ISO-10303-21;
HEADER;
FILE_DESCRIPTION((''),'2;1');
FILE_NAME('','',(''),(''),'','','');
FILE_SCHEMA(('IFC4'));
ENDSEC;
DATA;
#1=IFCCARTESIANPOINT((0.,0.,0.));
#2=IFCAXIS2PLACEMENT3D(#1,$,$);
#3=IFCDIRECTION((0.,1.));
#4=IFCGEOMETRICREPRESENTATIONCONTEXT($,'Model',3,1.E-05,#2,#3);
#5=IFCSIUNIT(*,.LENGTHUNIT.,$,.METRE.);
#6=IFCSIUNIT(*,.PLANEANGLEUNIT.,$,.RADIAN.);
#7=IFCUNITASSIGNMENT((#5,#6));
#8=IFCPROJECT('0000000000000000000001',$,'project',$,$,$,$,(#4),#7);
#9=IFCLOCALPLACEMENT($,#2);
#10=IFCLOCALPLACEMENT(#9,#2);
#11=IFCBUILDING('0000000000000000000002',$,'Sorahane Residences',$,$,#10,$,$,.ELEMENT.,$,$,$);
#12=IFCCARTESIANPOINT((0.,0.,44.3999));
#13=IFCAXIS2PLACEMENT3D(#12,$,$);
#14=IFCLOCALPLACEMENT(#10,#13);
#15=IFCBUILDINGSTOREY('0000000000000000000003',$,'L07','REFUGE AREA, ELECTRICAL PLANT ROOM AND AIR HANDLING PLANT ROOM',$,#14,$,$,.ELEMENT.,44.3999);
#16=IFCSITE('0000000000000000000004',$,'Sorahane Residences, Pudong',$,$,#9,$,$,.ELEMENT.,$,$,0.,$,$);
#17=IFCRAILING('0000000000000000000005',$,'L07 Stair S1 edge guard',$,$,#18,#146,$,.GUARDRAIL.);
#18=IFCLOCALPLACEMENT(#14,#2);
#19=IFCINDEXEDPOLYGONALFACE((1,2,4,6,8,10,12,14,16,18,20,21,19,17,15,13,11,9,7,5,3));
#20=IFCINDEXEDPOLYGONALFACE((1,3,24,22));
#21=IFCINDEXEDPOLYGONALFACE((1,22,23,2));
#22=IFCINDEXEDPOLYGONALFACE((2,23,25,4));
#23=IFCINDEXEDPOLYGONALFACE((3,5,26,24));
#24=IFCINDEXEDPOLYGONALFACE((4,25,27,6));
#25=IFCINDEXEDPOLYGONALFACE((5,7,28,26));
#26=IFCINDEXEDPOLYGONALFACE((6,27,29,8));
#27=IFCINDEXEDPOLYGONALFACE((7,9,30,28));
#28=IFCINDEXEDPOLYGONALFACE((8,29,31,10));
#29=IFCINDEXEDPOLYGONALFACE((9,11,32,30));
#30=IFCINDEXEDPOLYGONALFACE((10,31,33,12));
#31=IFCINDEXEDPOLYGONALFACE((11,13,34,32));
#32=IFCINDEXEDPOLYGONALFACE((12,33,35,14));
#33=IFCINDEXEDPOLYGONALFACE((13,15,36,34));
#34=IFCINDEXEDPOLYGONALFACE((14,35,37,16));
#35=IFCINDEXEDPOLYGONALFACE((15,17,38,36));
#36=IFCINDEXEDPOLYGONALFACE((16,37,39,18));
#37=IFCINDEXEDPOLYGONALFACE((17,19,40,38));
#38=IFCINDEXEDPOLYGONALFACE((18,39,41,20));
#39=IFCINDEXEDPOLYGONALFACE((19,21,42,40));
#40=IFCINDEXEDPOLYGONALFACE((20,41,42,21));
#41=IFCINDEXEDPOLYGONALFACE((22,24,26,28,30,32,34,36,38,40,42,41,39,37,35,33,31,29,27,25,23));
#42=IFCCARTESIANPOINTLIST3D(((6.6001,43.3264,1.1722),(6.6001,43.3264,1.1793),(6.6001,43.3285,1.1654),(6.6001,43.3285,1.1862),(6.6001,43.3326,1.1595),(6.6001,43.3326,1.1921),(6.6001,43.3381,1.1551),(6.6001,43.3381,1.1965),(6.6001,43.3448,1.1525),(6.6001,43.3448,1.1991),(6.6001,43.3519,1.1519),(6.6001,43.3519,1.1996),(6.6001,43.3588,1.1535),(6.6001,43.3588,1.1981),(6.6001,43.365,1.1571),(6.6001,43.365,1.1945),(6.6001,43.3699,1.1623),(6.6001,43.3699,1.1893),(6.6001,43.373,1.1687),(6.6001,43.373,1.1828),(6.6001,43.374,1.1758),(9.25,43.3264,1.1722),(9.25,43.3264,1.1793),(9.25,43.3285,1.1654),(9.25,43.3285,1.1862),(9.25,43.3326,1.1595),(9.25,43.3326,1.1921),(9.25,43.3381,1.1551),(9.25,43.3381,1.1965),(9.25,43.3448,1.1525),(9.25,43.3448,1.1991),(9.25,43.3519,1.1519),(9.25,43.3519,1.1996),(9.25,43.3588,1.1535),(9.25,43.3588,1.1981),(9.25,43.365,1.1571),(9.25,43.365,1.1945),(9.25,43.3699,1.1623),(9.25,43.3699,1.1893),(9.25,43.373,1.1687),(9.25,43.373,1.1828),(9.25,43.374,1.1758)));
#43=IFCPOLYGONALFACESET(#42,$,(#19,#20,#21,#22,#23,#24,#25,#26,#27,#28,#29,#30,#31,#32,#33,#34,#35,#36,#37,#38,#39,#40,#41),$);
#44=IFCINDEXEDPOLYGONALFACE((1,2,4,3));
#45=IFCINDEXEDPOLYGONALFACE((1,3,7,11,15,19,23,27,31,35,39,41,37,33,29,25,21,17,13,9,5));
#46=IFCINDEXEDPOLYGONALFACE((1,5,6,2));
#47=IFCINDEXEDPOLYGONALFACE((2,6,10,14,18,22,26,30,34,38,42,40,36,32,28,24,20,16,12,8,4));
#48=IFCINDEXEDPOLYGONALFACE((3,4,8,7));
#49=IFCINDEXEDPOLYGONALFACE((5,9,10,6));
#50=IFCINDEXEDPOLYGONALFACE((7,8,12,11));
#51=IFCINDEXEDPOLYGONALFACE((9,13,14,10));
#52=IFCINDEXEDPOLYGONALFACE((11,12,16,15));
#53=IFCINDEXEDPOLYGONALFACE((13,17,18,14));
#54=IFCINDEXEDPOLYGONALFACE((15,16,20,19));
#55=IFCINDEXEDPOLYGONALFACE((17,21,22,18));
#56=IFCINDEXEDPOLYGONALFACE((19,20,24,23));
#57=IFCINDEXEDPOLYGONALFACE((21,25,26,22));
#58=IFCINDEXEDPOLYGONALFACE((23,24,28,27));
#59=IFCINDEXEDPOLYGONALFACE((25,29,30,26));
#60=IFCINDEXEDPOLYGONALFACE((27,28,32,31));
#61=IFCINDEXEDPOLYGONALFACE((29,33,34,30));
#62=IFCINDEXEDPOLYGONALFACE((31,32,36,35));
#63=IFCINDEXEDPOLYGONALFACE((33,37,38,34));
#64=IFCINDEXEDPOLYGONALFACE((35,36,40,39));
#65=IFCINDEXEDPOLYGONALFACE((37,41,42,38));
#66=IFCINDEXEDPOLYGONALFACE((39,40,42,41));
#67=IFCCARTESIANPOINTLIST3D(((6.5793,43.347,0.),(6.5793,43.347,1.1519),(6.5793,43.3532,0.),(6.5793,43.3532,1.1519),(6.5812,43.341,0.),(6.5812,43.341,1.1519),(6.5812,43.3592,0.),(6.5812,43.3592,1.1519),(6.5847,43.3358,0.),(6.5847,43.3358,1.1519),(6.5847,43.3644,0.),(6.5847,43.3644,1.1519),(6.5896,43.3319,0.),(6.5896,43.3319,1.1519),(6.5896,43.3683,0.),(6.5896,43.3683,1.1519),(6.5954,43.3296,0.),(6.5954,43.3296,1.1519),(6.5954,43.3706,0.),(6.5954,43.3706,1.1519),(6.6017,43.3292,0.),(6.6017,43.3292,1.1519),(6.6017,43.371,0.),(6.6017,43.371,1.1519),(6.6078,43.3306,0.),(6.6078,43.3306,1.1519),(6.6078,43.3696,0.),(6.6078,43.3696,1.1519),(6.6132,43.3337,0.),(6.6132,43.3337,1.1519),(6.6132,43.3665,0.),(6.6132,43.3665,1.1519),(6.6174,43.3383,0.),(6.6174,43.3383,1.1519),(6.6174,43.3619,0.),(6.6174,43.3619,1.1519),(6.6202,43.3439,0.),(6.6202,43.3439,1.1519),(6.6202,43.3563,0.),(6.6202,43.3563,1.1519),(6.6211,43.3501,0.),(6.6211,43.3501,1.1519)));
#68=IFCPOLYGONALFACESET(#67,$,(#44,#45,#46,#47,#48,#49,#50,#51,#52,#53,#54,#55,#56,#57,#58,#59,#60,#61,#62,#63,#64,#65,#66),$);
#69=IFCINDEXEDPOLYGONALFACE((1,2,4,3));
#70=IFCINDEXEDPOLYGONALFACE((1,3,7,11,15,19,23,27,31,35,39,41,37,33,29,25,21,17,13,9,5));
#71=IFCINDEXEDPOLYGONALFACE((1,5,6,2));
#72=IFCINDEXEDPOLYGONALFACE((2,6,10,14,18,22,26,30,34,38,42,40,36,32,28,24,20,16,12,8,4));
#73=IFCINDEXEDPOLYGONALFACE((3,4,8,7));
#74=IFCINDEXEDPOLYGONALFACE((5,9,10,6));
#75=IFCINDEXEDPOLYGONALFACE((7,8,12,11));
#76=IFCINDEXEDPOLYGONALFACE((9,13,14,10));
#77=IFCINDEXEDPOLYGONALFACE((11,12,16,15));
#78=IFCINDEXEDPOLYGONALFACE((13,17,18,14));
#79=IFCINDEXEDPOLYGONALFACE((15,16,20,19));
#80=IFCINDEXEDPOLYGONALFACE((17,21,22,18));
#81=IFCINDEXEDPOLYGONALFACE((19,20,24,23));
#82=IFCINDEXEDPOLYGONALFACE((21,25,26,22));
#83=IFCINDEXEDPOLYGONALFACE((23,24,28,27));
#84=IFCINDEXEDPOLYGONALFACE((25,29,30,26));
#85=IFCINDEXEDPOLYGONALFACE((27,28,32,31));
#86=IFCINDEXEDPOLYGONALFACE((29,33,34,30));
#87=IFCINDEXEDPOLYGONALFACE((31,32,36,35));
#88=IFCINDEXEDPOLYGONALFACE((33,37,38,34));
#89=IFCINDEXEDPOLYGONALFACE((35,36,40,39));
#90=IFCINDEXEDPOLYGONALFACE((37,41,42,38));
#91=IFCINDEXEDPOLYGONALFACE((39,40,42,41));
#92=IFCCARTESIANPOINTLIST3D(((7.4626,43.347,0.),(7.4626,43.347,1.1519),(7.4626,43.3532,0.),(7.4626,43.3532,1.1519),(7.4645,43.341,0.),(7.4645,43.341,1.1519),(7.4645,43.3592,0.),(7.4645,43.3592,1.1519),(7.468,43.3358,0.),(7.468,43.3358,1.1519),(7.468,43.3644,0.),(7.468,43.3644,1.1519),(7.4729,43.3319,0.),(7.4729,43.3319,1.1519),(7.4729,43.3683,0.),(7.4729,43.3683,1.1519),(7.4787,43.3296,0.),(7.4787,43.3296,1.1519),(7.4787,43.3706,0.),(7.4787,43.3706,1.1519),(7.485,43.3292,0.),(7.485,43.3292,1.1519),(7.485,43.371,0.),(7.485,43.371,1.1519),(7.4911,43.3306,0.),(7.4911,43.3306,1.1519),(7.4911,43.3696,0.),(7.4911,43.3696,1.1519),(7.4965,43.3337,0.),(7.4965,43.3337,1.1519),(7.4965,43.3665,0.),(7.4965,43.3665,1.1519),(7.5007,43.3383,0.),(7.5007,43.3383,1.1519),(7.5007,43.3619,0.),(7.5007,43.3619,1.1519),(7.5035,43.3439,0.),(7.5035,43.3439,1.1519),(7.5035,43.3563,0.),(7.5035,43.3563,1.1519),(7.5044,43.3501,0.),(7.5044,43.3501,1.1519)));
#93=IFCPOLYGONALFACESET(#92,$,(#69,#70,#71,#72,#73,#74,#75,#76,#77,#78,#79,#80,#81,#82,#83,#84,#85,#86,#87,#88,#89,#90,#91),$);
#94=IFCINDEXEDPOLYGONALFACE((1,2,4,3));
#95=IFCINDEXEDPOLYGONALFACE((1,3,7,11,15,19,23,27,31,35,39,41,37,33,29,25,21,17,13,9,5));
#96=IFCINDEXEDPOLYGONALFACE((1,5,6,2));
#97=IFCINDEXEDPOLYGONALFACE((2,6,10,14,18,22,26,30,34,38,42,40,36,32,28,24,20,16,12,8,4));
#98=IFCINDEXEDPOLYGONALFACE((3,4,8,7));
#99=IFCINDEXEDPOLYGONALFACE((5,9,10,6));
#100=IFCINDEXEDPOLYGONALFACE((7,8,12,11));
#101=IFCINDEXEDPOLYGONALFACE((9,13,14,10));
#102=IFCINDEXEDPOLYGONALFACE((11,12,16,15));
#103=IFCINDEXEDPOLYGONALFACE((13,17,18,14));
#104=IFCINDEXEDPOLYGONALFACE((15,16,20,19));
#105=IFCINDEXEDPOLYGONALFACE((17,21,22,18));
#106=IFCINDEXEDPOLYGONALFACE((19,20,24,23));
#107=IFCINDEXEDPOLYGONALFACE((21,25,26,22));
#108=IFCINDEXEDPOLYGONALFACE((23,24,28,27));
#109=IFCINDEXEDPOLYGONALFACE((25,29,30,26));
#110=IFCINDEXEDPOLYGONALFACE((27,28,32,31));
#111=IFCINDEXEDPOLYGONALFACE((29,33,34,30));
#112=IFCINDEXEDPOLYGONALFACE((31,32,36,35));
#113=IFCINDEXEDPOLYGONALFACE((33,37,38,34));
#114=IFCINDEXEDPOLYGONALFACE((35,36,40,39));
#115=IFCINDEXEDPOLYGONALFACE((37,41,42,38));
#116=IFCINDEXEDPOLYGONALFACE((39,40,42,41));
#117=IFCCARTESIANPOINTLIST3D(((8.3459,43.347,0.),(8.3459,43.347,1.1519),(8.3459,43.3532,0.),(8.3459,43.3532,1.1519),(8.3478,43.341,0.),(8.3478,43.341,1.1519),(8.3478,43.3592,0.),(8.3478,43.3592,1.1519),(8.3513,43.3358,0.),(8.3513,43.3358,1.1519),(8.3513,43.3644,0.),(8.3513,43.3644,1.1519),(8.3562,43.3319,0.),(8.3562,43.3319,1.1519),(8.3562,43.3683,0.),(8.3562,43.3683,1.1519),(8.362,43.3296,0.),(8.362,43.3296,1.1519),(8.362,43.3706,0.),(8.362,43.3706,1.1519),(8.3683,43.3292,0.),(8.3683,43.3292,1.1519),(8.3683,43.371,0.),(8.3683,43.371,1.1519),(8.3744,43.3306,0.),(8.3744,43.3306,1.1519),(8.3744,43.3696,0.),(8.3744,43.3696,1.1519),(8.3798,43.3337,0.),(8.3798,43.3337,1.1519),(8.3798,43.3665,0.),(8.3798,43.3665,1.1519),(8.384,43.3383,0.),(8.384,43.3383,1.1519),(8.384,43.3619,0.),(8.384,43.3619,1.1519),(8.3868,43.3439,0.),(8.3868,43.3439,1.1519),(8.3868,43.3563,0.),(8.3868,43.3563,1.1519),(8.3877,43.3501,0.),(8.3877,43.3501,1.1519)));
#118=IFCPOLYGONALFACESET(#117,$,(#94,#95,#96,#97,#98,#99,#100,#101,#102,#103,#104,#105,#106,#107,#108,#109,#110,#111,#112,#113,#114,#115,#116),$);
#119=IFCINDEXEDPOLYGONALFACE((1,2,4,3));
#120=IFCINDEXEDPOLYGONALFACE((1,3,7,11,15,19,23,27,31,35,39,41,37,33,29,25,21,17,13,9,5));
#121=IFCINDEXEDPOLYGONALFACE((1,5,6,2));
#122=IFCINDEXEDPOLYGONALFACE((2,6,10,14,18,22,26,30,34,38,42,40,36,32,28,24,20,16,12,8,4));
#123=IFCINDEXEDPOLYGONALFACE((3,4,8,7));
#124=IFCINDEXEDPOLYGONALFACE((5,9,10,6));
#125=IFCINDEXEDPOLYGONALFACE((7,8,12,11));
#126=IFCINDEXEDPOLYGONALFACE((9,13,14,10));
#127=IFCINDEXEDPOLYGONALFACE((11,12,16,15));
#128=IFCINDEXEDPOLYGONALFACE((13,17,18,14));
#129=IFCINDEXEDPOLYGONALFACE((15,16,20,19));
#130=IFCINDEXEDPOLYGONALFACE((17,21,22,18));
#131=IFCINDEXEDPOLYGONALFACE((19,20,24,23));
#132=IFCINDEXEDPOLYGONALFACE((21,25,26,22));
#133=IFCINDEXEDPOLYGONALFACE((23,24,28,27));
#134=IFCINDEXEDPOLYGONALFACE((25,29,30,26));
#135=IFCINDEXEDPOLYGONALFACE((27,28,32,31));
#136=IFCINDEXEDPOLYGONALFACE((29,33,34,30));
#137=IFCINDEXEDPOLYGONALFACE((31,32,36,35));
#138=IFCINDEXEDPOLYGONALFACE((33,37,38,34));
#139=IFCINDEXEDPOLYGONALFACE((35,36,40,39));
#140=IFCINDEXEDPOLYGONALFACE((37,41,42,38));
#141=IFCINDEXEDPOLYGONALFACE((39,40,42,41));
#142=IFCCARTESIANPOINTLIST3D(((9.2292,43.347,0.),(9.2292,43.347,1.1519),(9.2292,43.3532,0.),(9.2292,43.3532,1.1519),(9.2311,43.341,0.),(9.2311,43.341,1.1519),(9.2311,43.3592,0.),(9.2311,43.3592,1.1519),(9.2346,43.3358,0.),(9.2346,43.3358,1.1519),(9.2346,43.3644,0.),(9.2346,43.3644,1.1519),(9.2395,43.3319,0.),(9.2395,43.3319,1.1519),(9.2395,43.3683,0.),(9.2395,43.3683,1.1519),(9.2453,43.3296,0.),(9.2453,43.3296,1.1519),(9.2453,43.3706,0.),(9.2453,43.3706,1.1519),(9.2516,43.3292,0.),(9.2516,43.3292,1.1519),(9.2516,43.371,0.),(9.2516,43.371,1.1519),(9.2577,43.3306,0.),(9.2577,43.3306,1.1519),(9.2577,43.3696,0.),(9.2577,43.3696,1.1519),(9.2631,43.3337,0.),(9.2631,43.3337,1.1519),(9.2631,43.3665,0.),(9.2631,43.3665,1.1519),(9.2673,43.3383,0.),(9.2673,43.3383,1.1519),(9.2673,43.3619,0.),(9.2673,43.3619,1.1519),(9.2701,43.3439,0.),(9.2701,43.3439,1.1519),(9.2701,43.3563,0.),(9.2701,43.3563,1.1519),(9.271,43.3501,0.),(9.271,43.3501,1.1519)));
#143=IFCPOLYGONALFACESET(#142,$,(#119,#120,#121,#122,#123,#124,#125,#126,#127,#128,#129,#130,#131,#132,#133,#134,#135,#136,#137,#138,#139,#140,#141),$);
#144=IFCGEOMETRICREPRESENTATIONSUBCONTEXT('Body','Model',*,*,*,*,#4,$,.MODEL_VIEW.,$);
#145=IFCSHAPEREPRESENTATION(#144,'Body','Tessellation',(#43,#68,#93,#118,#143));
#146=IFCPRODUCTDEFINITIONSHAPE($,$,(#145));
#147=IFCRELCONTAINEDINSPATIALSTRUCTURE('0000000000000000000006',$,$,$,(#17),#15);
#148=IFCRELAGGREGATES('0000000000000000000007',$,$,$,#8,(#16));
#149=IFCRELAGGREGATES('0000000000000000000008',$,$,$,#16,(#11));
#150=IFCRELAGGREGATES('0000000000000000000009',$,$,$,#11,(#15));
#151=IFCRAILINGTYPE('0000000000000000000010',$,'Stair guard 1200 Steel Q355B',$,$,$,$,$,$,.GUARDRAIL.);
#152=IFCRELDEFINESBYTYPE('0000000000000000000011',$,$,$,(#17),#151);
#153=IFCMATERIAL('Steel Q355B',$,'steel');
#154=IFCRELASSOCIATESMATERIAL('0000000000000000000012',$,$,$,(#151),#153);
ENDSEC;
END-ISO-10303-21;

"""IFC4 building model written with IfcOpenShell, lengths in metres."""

from ifc_helpers import new_model, si_unit, direction, frame, origin, origin_2d, place, context, subcontext, project, spatial, circle, extrude, material, type_object, element, save


model = new_model("IFC4")

# Units and contexts
model_context = context("Model", 3, precision=1e-05, world=origin(), true_north=direction((0.0, 1.0)))
body_context = subcontext(model_context, "Body", "Model", "MODEL_VIEW")
ifc_project = project(units=[si_unit("LENGTHUNIT", "METRE"), si_unit("PLANEANGLEUNIT", "RADIAN")], contexts=[model_context])

# Site, building, storey
site_placement = place(None, origin())
site = spatial("IfcSite", under=ifc_project, at=site_placement, Name="Sorahane Residences, Pudong", CompositionType="ELEMENT", RefElevation=0.0)
building_placement = place(site_placement, origin())
building = spatial("IfcBuilding", under=site, at=building_placement, Name="Sorahane Residences", CompositionType="ELEMENT")
storey_placement = place(building_placement, frame((0.0, 0.0, 44.3999)))
storey = spatial("IfcBuildingStorey", under=building, at=storey_placement, Name="L07", Description="REFUGE AREA, ELECTRICAL PLANT ROOM AND AIR HANDLING PLANT ROOM", CompositionType="ELEMENT", Elevation=44.3999)

# Railing
ifc_material_1 = material(Name="Steel Q355B", Category="steel")
railing_type = type_object("IfcRailingType", Name="Stair guard 1200 Steel Q355B", PredefinedType="GUARDRAIL", material=ifc_material_1)
for number, where, name in (
    (1, (6.6001, 43.3501, 0.0), "L07 Stair S1 edge guard"),
):
    element("IfcRailing", number, at=place(storey_placement, frame(where)), inside=storey, type_object=railing_type, Name=name, PredefinedType="GUARDRAIL", context=body_context, shape_type="SweptSolid", body=[
        extrude(circle(Radius=0.0239, at=origin_2d()), frame((0.0, 0.0, 1.1758), z_axis=(1.0, 0.0, 0.0), x_axis=(0.0, 1.0, 0.0)), (0.0, 0.0, 1.0), 2.6499),
        extrude(circle(Radius=0.021, at=origin_2d()), origin(), (0.0, 0.0, 1.0), 1.1519),
        extrude(circle(Radius=0.021, at=origin_2d()), frame((0.8833, 0.0, 0.0)), (0.0, 0.0, 1.0), 1.1519),
        extrude(circle(Radius=0.021, at=origin_2d()), frame((1.7666, 0.0, 0.0)), (0.0, 0.0, 1.0), 1.1519),
        extrude(circle(Radius=0.021, at=origin_2d()), frame((2.6499, 0.0, 0.0)), (0.0, 0.0, 1.0), 1.1519),
    ])

save(model, "model.ifc")
